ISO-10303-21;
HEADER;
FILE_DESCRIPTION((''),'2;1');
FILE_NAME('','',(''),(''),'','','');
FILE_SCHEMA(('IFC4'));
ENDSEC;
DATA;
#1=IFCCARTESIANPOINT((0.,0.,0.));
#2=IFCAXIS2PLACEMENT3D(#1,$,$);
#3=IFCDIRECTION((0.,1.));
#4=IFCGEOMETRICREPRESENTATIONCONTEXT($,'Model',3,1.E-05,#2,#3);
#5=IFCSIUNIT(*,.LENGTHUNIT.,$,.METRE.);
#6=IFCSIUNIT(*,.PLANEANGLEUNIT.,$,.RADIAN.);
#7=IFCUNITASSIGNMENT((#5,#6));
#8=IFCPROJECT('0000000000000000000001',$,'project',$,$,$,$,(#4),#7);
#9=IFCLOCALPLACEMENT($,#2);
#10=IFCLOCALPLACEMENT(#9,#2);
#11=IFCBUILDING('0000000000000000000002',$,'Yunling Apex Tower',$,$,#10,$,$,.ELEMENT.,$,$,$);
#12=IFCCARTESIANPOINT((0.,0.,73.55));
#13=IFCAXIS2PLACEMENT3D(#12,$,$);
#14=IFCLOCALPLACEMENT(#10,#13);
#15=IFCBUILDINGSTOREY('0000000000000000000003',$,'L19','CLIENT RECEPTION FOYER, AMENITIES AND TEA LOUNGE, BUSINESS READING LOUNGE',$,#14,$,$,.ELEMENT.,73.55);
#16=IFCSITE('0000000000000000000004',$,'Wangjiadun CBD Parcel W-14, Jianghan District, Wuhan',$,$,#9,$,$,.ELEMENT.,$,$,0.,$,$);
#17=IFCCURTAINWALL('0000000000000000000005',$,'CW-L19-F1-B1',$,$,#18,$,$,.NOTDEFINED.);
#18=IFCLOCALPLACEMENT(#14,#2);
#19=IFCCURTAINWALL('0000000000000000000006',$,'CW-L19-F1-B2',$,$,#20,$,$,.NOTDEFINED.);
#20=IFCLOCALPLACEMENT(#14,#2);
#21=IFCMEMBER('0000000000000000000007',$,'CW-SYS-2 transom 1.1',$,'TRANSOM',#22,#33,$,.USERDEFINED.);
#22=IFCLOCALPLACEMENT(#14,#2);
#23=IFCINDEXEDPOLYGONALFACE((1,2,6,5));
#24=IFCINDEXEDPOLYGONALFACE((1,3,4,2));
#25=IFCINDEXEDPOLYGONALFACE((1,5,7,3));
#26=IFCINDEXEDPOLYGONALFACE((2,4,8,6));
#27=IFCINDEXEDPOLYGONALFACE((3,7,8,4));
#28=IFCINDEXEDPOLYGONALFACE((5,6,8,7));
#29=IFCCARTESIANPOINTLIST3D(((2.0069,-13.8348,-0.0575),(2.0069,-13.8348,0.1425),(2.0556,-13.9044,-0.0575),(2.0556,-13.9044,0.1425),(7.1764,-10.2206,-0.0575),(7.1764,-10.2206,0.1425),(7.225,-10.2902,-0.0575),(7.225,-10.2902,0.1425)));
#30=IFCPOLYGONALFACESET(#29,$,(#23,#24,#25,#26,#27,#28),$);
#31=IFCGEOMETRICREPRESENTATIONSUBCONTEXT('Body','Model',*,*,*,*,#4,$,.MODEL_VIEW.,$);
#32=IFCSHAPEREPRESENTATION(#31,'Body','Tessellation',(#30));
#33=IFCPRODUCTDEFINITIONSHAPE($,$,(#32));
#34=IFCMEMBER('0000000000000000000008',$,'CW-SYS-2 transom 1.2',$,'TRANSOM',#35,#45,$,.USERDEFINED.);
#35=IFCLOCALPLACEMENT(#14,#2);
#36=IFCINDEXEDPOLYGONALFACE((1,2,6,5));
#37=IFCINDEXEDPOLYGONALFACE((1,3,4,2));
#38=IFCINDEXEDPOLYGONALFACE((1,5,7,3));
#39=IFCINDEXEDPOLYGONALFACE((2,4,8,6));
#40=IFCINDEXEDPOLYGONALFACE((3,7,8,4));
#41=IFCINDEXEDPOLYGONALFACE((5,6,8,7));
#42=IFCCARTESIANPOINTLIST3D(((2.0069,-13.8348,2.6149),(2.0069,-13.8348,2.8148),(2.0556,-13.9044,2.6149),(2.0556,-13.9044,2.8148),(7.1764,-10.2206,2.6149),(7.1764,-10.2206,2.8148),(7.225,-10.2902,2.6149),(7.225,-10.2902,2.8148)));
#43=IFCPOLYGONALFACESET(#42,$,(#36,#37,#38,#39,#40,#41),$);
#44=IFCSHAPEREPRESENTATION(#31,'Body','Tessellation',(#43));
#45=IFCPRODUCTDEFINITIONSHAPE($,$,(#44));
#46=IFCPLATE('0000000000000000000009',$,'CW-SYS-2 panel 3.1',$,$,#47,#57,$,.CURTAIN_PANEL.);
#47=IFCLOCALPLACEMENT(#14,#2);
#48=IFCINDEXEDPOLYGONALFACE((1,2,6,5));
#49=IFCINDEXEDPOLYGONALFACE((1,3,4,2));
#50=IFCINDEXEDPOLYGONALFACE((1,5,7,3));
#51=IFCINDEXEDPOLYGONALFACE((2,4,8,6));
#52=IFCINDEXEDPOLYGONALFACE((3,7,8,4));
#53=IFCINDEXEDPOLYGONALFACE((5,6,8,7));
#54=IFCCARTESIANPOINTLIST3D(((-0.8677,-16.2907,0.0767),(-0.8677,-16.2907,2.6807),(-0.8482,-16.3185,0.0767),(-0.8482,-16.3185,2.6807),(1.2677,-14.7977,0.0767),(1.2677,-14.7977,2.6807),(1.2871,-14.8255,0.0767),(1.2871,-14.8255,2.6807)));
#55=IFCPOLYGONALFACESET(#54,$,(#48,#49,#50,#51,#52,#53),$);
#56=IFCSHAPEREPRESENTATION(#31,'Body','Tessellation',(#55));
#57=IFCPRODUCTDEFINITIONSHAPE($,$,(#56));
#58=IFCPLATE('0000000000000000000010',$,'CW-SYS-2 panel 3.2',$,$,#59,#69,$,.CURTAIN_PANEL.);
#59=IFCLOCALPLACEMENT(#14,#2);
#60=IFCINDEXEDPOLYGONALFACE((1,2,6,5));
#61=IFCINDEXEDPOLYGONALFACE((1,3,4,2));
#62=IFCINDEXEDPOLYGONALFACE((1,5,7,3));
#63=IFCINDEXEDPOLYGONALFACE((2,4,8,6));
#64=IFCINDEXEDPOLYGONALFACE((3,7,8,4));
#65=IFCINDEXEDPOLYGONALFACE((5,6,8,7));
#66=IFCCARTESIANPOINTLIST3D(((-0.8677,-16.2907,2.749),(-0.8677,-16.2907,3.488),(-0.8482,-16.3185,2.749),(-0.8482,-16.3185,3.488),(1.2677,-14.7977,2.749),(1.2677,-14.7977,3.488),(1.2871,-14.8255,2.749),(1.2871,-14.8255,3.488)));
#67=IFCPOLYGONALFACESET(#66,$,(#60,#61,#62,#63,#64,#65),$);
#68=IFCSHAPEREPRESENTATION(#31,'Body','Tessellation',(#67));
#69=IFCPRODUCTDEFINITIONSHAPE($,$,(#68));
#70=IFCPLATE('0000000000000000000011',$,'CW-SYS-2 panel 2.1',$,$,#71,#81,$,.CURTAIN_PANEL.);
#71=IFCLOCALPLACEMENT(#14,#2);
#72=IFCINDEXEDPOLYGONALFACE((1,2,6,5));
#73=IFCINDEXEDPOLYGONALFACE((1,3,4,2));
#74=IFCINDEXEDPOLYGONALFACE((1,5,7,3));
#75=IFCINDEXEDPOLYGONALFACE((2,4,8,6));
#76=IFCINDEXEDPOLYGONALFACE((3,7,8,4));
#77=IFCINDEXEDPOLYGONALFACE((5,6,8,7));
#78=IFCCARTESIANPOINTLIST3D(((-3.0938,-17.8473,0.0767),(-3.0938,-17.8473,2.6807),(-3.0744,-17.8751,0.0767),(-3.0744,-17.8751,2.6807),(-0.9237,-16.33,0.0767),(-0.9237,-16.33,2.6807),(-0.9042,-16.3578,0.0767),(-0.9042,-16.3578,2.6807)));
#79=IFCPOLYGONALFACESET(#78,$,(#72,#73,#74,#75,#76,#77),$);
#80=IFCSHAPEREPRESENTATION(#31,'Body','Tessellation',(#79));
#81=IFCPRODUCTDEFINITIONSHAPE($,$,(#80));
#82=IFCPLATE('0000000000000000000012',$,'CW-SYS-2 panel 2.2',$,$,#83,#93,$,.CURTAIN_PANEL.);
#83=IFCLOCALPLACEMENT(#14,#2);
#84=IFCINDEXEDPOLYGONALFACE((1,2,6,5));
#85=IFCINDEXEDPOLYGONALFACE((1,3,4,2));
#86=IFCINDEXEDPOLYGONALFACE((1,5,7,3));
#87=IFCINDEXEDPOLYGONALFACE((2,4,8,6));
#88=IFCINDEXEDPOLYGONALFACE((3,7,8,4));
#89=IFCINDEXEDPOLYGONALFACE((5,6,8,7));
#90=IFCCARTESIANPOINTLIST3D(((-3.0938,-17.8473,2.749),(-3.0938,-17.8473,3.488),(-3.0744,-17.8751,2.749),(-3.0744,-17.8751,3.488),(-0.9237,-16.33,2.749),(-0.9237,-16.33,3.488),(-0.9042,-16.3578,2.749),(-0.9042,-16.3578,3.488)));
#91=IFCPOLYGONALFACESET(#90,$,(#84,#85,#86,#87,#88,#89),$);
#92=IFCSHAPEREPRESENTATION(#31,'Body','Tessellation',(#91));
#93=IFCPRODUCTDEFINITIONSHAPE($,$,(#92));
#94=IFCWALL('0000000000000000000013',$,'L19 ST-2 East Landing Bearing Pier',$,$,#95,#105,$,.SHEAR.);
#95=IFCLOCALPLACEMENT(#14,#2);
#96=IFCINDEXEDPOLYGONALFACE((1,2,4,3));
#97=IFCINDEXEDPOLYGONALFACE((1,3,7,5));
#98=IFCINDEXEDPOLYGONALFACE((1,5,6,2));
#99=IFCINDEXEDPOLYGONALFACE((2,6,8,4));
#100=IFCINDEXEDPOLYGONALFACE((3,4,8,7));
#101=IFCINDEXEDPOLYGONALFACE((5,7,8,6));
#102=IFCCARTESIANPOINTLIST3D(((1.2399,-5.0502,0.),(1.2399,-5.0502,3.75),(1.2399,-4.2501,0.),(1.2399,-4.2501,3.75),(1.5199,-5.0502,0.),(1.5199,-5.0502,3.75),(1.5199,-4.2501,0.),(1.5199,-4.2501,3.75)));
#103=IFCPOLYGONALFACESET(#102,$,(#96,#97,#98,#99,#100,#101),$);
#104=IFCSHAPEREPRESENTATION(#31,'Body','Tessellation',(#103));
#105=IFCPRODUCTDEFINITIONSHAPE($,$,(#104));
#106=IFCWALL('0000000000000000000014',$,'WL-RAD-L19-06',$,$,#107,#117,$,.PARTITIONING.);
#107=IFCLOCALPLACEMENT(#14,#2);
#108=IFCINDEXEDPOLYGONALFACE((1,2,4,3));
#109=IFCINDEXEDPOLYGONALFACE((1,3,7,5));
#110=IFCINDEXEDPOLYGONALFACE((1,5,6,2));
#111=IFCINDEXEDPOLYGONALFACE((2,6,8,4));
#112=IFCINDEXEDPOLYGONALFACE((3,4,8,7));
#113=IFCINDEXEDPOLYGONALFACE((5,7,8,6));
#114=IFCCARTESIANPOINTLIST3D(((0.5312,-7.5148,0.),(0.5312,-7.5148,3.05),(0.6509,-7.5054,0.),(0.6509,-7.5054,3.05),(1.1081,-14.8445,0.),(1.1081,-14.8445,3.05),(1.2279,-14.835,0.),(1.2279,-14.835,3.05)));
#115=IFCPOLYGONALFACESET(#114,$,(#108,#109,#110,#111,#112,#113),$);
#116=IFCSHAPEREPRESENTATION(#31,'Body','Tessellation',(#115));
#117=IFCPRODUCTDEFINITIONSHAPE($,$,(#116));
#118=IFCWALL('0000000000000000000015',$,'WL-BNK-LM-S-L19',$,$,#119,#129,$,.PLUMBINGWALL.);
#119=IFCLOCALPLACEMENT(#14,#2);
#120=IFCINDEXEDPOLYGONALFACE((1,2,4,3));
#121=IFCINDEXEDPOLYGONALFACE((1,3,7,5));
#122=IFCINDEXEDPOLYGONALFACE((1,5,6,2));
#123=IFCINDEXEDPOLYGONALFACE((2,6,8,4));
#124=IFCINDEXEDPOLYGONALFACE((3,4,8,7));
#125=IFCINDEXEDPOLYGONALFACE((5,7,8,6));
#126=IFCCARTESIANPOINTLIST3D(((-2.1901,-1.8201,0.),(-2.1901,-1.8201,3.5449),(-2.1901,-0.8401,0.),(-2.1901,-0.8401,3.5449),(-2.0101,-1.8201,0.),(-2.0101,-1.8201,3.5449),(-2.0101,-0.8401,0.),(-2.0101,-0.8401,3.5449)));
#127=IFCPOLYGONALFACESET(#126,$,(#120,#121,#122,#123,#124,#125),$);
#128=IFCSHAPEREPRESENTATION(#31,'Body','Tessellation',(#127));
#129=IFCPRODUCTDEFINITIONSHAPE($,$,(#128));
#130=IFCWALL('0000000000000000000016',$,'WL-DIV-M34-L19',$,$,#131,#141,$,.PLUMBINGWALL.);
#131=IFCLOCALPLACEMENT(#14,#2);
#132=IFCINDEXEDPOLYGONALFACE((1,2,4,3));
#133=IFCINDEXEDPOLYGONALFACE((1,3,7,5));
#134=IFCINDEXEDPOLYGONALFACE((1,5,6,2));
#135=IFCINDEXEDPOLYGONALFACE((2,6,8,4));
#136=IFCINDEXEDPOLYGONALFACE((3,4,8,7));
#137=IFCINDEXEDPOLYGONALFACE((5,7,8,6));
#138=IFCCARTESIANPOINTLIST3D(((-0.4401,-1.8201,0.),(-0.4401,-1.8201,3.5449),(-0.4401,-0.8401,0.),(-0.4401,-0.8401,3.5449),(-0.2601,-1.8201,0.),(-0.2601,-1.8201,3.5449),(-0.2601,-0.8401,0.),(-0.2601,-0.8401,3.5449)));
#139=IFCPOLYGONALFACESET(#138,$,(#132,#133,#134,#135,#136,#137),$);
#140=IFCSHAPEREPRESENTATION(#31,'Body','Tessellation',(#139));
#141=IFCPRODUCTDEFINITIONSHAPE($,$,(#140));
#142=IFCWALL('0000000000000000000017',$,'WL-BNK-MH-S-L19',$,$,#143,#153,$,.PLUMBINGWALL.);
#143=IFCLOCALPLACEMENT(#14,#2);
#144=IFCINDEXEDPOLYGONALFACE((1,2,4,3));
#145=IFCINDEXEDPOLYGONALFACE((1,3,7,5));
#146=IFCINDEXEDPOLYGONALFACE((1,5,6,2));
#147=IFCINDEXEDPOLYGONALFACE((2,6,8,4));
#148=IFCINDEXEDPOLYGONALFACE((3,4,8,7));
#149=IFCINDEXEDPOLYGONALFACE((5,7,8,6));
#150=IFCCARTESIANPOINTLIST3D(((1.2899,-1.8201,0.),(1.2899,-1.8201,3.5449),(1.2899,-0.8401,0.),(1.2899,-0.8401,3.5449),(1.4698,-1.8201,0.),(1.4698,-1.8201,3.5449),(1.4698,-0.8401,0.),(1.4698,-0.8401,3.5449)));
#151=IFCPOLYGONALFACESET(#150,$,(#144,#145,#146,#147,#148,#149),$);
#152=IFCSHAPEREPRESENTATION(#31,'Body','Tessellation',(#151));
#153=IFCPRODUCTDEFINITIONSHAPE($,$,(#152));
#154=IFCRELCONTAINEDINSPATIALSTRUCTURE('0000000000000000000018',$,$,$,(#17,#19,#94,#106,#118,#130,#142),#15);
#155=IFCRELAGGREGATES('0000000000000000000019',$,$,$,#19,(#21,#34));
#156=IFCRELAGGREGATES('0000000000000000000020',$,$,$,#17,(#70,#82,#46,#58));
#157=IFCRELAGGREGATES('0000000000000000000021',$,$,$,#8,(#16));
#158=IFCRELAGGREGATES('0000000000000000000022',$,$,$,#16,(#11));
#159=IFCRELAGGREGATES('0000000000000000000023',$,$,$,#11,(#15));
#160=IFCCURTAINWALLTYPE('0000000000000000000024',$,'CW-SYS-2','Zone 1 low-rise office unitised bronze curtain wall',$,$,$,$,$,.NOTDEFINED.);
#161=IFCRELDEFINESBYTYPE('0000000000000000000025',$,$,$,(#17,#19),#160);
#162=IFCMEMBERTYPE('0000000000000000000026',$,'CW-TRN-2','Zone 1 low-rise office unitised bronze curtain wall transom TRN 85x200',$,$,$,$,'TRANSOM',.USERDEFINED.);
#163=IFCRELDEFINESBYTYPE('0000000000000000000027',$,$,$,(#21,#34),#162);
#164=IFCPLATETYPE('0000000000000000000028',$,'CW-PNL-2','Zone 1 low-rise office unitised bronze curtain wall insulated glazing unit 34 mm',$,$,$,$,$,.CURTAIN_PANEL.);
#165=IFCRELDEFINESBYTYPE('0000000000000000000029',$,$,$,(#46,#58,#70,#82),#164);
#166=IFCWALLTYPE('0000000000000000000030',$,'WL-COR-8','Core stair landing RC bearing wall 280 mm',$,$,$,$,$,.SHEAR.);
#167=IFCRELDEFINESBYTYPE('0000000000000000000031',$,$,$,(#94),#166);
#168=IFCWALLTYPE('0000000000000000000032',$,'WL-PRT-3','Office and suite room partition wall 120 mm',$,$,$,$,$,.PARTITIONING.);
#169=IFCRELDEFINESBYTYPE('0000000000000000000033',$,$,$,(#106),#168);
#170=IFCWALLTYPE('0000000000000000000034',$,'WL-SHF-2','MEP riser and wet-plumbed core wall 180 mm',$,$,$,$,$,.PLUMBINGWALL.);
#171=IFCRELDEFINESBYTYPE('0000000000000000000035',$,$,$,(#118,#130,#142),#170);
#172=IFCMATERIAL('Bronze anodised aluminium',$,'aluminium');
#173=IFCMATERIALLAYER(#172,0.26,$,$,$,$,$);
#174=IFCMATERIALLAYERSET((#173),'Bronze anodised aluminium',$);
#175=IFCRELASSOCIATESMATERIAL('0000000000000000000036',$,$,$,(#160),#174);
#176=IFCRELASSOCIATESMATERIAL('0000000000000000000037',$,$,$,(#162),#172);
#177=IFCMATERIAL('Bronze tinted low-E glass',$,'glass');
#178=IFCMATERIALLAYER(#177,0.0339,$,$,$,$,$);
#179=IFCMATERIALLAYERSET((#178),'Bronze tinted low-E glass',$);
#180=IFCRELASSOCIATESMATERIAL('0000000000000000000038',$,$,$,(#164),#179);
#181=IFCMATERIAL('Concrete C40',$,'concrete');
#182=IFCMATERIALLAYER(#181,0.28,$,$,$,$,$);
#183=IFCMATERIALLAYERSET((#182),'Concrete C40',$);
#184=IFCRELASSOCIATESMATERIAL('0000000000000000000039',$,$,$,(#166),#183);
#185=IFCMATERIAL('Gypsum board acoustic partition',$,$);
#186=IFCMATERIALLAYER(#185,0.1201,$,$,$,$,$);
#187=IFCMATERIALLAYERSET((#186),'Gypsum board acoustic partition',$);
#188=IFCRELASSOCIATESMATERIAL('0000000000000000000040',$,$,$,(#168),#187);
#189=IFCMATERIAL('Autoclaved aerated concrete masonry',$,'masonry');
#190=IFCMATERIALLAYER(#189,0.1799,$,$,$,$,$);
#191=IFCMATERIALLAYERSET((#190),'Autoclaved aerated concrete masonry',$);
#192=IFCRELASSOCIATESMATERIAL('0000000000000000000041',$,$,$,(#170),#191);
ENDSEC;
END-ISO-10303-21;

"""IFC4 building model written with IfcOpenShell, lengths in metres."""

from ifc_helpers import new_model, si_unit, direction, frame, frame_2d, origin, origin_2d, place, context, subcontext, project, spatial, rectangle, extrude, source, transform, mapped, material, layer, layer_set, material_profile, profile_set, type_object, element, aggregate, save


model = new_model("IFC4")

# Units and contexts
model_context = context("Model", 3, precision=1e-05, world=origin(), true_north=direction((0.0, 1.0)))
body_context = subcontext(model_context, "Body", "Model", "MODEL_VIEW")
ifc_project = project(units=[si_unit("LENGTHUNIT", "METRE"), si_unit("PLANEANGLEUNIT", "RADIAN")], contexts=[model_context])

# Site, building, storey
site_placement = place(None, origin())
site = spatial("IfcSite", under=ifc_project, at=site_placement, Name="Wangjiadun CBD Parcel W-14, Jianghan District, Wuhan", CompositionType="ELEMENT", RefElevation=0.0)
building_placement = place(site_placement, origin())
building = spatial("IfcBuilding", under=site, at=building_placement, Name="Yunling Apex Tower", CompositionType="ELEMENT")
storey_placement = place(building_placement, frame((0.0, 0.0, 73.55)))
storey = spatial("IfcBuildingStorey", under=building, at=storey_placement, Name="L19", Description="CLIENT RECEPTION FOYER, AMENITIES AND TEA LOUNGE, BUSINESS READING LOUNGE", CompositionType="ELEMENT", Elevation=73.55)

# Curtain wall
ifc_material_1 = material(Name="Bronze anodised aluminium", Category="aluminium")
ifc_layer_1 = layer(ifc_material_1, 0.26)
ifc_layer_set_1 = layer_set([ifc_layer_1], Name="Bronze anodised aluminium")
curtain_wall_type = type_object("IfcCurtainWallType", Name="CW-SYS-2", Description="Zone 1 low-rise office unitised bronze curtain wall", PredefinedType="NOTDEFINED", material=ifc_layer_set_1)
curtain_wall_1_placement = place(storey_placement, origin())
curtain_wall_1 = element("IfcCurtainWall", 1, at=curtain_wall_1_placement, inside=storey, type_object=curtain_wall_type, Name="CW-L19-F1-B1", PredefinedType="NOTDEFINED")

# Curtain wall
curtain_wall_2_placement = place(storey_placement, origin())
curtain_wall_2 = element("IfcCurtainWall", 2, at=curtain_wall_2_placement, inside=storey, type_object=curtain_wall_type, Name="CW-L19-F1-B2", PredefinedType="NOTDEFINED")

# Members
ifc_material_profile_1 = material_profile(ifc_material_1, rectangle(XDim=0.085, YDim=0.2, at=origin_2d()))
ifc_profile_set_1 = profile_set([ifc_material_profile_1], Name="Bronze anodised aluminium")
member_type_1 = type_object("IfcMemberType", Name="CW-TRN-2", Description="Zone 1 low-rise office unitised bronze curtain wall transom TRN 85x200", ElementType="TRANSOM", PredefinedType="USERDEFINED", material=ifc_profile_set_1)
shared_shape_1 = source(origin(), body_context, "Body", "SweptSolid", [
    extrude(rectangle(XDim=0.085, YDim=0.2, at=origin_2d()), origin(), (0.0, 0.0, 1.0), 6.3076),
])
member_1_placement = place(storey_placement, frame((2.0312, -13.8696, 0.0425), z_axis=(0.819555, 0.573, 0.0), x_axis=(-0.573, 0.819555, 0.0)))
member_1 = element("IfcMember", 3, at=member_1_placement, type_object=member_type_1, Name="CW-SYS-2 transom 1.1", ObjectType="TRANSOM", PredefinedType="USERDEFINED", context=body_context, shape_type="MappedRepresentation", body=[
    mapped(shared_shape_1, transform((0.0, 0.0, 0.0), scale=1.0)),
])
member_2_placement = place(storey_placement, frame((2.0312, -13.8696, 2.7148), z_axis=(0.819555, 0.573, 0.0), x_axis=(-0.573, 0.819555, 0.0)))
member_2 = element("IfcMember", 4, at=member_2_placement, type_object=member_type_1, Name="CW-SYS-2 transom 1.2", ObjectType="TRANSOM", PredefinedType="USERDEFINED", context=body_context, shape_type="MappedRepresentation", body=[
    mapped(shared_shape_1, transform((0.0, 0.0, 0.0), scale=1.0)),
])
aggregate(curtain_wall_2, [member_1, member_2])

# Plates
ifc_material_2 = material(Name="Bronze tinted low-E glass", Category="glass")
ifc_layer_2 = layer(ifc_material_2, 0.0339)
ifc_layer_set_2 = layer_set([ifc_layer_2], Name="Bronze tinted low-E glass")
plate_type = type_object("IfcPlateType", Name="CW-PNL-2", Description="Zone 1 low-rise office unitised bronze curtain wall insulated glazing unit 34 mm", PredefinedType="CURTAIN_PANEL", material=ifc_layer_set_2)
shared_shape_2 = source(origin(), body_context, "Body", "SweptSolid", [
    extrude(rectangle(XDim=2.6055, YDim=0.0339, at=origin_2d()), origin(), (0.0, 0.0, 1.0), 2.604),
])
plate_1_placement = place(storey_placement, frame((0.2097, -15.5581, 0.0767), z_axis=(0.0, 0.0, 1.0), x_axis=(0.819552, 0.573004, 0.0)))
plate_1 = element("IfcPlate", 5, at=plate_1_placement, type_object=plate_type, Name="CW-SYS-2 panel 3.1", PredefinedType="CURTAIN_PANEL", context=body_context, shape_type="MappedRepresentation", body=[
    mapped(shared_shape_2, transform((0.0, 0.0, 0.0), scale=1.0)),
])
shared_shape_3 = source(origin(), body_context, "Body", "SweptSolid", [
    extrude(rectangle(XDim=2.6055, YDim=0.0339, at=origin_2d()), origin(), (0.0, 0.0, 1.0), 0.739),
])
plate_2_placement = place(storey_placement, frame((0.2097, -15.5581, 2.749), z_axis=(0.0, 0.0, 1.0), x_axis=(0.819552, 0.573004, 0.0)))
plate_2 = element("IfcPlate", 6, at=plate_2_placement, type_object=plate_type, Name="CW-SYS-2 panel 3.2", PredefinedType="CURTAIN_PANEL", context=body_context, shape_type="MappedRepresentation", body=[
    mapped(shared_shape_3, transform((0.0, 0.0, 0.0), scale=1.0)),
])
shared_shape_4 = source(origin(), body_context, "Body", "SweptSolid", [
    extrude(rectangle(XDim=2.6479, YDim=0.0339, at=origin_2d()), origin(), (0.0, 0.0, 1.0), 2.604),
])
plate_3_placement = place(storey_placement, frame((-1.999, -17.1025, 0.0767), z_axis=(0.0, 0.0, 1.0), x_axis=(0.819552, 0.573004, 0.0)))
plate_3 = element("IfcPlate", 7, at=plate_3_placement, type_object=plate_type, Name="CW-SYS-2 panel 2.1", PredefinedType="CURTAIN_PANEL", context=body_context, shape_type="MappedRepresentation", body=[
    mapped(shared_shape_4, transform((0.0, 0.0, 0.0), scale=1.0)),
])
shared_shape_5 = source(origin(), body_context, "Body", "SweptSolid", [
    extrude(rectangle(XDim=2.6479, YDim=0.0339, at=origin_2d()), origin(), (0.0, 0.0, 1.0), 0.739),
])
plate_4_placement = place(storey_placement, frame((-1.999, -17.1025, 2.749), z_axis=(0.0, 0.0, 1.0), x_axis=(0.819552, 0.573004, 0.0)))
plate_4 = element("IfcPlate", 8, at=plate_4_placement, type_object=plate_type, Name="CW-SYS-2 panel 2.2", PredefinedType="CURTAIN_PANEL", context=body_context, shape_type="MappedRepresentation", body=[
    mapped(shared_shape_5, transform((0.0, 0.0, 0.0), scale=1.0)),
])
aggregate(curtain_wall_1, [plate_3, plate_4, plate_1, plate_2])

# Walls
ifc_material_3 = material(Name="Concrete C40", Category="concrete")
ifc_layer_3 = layer(ifc_material_3, 0.28)
ifc_layer_set_3 = layer_set([ifc_layer_3], Name="Concrete C40")
wall_type_1 = type_object("IfcWallType", Name="WL-COR-8", Description="Core stair landing RC bearing wall 280 mm", PredefinedType="SHEAR", material=ifc_layer_set_3)
wall_1_placement = place(storey_placement, frame((1.3799, -5.05, 0.0), z_axis=(0.0, 0.0, 1.0), x_axis=(0.0, 1.0, 0.0)))
element("IfcWall", 9, at=wall_1_placement, inside=storey, type_object=wall_type_1, Name="L19 ST-2 East Landing Bearing Pier", PredefinedType="SHEAR", context=body_context, shape_type="SweptSolid", body=[
    extrude(rectangle(XDim=0.8, YDim=0.28, at=frame_2d((0.3999, 0.0))), origin(), (0.0, 0.0, 1.0), 3.75),
])
ifc_material_4 = material(Name="Gypsum board acoustic partition")
ifc_layer_4 = layer(ifc_material_4, 0.1201)
ifc_layer_set_4 = layer_set([ifc_layer_4], Name="Gypsum board acoustic partition")
wall_type_2 = type_object("IfcWallType", Name="WL-PRT-3", Description="Office and suite room partition wall 120 mm", PredefinedType="PARTITIONING", material=ifc_layer_set_4)
wall_2_placement = place(storey_placement, frame((0.5911, -7.51, 0.0), z_axis=(0.0, 0.0, 1.0), x_axis=(0.078466, -0.996917, 0.0)))
element("IfcWall", 10, at=wall_2_placement, inside=storey, type_object=wall_type_2, Name="WL-RAD-L19-06", PredefinedType="PARTITIONING", context=body_context, shape_type="SweptSolid", body=[
    extrude(rectangle(XDim=7.3523, YDim=0.1201, at=frame_2d((3.6763, 0.0))), origin(), (0.0, 0.0, 1.0), 3.05),
])

# Shared definitions
ifc_material_5 = material(Name="Autoclaved aerated concrete masonry", Category="masonry")

# Walls
ifc_layer_5 = layer(ifc_material_5, 0.1799)
ifc_layer_set_5 = layer_set([ifc_layer_5], Name="Autoclaved aerated concrete masonry")
wall_type_3 = type_object("IfcWallType", Name="WL-SHF-2", Description="MEP riser and wet-plumbed core wall 180 mm", PredefinedType="PLUMBINGWALL", material=ifc_layer_set_5)
for number, where, z_axis, x_axis, name in (
    (11, (-2.1001, -1.8201, 0.0), (0.0, 0.0, 1.0), (0.0, 1.0, 0.0), "WL-BNK-LM-S-L19"),
    (12, (-0.3501, -1.8201, 0.0), (0.0, 0.0, 1.0), (0.0, 1.0, 0.0), "WL-DIV-M34-L19"),
    (13, (1.3799, -1.8201, 0.0), (0.0, 0.0, 1.0), (0.0, 1.0, 0.0), "WL-BNK-MH-S-L19"),
):
    element("IfcWall", number, at=place(storey_placement, frame(where, z_axis=z_axis, x_axis=x_axis)), inside=storey, type_object=wall_type_3, Name=name, PredefinedType="PLUMBINGWALL", context=body_context, shape_type="SweptSolid", body=[
        extrude(rectangle(XDim=0.98, YDim=0.1799, at=frame_2d((0.49, 0.0))), origin(), (0.0, 0.0, 1.0), 3.5449),
    ])

save(model, "model.ifc")
